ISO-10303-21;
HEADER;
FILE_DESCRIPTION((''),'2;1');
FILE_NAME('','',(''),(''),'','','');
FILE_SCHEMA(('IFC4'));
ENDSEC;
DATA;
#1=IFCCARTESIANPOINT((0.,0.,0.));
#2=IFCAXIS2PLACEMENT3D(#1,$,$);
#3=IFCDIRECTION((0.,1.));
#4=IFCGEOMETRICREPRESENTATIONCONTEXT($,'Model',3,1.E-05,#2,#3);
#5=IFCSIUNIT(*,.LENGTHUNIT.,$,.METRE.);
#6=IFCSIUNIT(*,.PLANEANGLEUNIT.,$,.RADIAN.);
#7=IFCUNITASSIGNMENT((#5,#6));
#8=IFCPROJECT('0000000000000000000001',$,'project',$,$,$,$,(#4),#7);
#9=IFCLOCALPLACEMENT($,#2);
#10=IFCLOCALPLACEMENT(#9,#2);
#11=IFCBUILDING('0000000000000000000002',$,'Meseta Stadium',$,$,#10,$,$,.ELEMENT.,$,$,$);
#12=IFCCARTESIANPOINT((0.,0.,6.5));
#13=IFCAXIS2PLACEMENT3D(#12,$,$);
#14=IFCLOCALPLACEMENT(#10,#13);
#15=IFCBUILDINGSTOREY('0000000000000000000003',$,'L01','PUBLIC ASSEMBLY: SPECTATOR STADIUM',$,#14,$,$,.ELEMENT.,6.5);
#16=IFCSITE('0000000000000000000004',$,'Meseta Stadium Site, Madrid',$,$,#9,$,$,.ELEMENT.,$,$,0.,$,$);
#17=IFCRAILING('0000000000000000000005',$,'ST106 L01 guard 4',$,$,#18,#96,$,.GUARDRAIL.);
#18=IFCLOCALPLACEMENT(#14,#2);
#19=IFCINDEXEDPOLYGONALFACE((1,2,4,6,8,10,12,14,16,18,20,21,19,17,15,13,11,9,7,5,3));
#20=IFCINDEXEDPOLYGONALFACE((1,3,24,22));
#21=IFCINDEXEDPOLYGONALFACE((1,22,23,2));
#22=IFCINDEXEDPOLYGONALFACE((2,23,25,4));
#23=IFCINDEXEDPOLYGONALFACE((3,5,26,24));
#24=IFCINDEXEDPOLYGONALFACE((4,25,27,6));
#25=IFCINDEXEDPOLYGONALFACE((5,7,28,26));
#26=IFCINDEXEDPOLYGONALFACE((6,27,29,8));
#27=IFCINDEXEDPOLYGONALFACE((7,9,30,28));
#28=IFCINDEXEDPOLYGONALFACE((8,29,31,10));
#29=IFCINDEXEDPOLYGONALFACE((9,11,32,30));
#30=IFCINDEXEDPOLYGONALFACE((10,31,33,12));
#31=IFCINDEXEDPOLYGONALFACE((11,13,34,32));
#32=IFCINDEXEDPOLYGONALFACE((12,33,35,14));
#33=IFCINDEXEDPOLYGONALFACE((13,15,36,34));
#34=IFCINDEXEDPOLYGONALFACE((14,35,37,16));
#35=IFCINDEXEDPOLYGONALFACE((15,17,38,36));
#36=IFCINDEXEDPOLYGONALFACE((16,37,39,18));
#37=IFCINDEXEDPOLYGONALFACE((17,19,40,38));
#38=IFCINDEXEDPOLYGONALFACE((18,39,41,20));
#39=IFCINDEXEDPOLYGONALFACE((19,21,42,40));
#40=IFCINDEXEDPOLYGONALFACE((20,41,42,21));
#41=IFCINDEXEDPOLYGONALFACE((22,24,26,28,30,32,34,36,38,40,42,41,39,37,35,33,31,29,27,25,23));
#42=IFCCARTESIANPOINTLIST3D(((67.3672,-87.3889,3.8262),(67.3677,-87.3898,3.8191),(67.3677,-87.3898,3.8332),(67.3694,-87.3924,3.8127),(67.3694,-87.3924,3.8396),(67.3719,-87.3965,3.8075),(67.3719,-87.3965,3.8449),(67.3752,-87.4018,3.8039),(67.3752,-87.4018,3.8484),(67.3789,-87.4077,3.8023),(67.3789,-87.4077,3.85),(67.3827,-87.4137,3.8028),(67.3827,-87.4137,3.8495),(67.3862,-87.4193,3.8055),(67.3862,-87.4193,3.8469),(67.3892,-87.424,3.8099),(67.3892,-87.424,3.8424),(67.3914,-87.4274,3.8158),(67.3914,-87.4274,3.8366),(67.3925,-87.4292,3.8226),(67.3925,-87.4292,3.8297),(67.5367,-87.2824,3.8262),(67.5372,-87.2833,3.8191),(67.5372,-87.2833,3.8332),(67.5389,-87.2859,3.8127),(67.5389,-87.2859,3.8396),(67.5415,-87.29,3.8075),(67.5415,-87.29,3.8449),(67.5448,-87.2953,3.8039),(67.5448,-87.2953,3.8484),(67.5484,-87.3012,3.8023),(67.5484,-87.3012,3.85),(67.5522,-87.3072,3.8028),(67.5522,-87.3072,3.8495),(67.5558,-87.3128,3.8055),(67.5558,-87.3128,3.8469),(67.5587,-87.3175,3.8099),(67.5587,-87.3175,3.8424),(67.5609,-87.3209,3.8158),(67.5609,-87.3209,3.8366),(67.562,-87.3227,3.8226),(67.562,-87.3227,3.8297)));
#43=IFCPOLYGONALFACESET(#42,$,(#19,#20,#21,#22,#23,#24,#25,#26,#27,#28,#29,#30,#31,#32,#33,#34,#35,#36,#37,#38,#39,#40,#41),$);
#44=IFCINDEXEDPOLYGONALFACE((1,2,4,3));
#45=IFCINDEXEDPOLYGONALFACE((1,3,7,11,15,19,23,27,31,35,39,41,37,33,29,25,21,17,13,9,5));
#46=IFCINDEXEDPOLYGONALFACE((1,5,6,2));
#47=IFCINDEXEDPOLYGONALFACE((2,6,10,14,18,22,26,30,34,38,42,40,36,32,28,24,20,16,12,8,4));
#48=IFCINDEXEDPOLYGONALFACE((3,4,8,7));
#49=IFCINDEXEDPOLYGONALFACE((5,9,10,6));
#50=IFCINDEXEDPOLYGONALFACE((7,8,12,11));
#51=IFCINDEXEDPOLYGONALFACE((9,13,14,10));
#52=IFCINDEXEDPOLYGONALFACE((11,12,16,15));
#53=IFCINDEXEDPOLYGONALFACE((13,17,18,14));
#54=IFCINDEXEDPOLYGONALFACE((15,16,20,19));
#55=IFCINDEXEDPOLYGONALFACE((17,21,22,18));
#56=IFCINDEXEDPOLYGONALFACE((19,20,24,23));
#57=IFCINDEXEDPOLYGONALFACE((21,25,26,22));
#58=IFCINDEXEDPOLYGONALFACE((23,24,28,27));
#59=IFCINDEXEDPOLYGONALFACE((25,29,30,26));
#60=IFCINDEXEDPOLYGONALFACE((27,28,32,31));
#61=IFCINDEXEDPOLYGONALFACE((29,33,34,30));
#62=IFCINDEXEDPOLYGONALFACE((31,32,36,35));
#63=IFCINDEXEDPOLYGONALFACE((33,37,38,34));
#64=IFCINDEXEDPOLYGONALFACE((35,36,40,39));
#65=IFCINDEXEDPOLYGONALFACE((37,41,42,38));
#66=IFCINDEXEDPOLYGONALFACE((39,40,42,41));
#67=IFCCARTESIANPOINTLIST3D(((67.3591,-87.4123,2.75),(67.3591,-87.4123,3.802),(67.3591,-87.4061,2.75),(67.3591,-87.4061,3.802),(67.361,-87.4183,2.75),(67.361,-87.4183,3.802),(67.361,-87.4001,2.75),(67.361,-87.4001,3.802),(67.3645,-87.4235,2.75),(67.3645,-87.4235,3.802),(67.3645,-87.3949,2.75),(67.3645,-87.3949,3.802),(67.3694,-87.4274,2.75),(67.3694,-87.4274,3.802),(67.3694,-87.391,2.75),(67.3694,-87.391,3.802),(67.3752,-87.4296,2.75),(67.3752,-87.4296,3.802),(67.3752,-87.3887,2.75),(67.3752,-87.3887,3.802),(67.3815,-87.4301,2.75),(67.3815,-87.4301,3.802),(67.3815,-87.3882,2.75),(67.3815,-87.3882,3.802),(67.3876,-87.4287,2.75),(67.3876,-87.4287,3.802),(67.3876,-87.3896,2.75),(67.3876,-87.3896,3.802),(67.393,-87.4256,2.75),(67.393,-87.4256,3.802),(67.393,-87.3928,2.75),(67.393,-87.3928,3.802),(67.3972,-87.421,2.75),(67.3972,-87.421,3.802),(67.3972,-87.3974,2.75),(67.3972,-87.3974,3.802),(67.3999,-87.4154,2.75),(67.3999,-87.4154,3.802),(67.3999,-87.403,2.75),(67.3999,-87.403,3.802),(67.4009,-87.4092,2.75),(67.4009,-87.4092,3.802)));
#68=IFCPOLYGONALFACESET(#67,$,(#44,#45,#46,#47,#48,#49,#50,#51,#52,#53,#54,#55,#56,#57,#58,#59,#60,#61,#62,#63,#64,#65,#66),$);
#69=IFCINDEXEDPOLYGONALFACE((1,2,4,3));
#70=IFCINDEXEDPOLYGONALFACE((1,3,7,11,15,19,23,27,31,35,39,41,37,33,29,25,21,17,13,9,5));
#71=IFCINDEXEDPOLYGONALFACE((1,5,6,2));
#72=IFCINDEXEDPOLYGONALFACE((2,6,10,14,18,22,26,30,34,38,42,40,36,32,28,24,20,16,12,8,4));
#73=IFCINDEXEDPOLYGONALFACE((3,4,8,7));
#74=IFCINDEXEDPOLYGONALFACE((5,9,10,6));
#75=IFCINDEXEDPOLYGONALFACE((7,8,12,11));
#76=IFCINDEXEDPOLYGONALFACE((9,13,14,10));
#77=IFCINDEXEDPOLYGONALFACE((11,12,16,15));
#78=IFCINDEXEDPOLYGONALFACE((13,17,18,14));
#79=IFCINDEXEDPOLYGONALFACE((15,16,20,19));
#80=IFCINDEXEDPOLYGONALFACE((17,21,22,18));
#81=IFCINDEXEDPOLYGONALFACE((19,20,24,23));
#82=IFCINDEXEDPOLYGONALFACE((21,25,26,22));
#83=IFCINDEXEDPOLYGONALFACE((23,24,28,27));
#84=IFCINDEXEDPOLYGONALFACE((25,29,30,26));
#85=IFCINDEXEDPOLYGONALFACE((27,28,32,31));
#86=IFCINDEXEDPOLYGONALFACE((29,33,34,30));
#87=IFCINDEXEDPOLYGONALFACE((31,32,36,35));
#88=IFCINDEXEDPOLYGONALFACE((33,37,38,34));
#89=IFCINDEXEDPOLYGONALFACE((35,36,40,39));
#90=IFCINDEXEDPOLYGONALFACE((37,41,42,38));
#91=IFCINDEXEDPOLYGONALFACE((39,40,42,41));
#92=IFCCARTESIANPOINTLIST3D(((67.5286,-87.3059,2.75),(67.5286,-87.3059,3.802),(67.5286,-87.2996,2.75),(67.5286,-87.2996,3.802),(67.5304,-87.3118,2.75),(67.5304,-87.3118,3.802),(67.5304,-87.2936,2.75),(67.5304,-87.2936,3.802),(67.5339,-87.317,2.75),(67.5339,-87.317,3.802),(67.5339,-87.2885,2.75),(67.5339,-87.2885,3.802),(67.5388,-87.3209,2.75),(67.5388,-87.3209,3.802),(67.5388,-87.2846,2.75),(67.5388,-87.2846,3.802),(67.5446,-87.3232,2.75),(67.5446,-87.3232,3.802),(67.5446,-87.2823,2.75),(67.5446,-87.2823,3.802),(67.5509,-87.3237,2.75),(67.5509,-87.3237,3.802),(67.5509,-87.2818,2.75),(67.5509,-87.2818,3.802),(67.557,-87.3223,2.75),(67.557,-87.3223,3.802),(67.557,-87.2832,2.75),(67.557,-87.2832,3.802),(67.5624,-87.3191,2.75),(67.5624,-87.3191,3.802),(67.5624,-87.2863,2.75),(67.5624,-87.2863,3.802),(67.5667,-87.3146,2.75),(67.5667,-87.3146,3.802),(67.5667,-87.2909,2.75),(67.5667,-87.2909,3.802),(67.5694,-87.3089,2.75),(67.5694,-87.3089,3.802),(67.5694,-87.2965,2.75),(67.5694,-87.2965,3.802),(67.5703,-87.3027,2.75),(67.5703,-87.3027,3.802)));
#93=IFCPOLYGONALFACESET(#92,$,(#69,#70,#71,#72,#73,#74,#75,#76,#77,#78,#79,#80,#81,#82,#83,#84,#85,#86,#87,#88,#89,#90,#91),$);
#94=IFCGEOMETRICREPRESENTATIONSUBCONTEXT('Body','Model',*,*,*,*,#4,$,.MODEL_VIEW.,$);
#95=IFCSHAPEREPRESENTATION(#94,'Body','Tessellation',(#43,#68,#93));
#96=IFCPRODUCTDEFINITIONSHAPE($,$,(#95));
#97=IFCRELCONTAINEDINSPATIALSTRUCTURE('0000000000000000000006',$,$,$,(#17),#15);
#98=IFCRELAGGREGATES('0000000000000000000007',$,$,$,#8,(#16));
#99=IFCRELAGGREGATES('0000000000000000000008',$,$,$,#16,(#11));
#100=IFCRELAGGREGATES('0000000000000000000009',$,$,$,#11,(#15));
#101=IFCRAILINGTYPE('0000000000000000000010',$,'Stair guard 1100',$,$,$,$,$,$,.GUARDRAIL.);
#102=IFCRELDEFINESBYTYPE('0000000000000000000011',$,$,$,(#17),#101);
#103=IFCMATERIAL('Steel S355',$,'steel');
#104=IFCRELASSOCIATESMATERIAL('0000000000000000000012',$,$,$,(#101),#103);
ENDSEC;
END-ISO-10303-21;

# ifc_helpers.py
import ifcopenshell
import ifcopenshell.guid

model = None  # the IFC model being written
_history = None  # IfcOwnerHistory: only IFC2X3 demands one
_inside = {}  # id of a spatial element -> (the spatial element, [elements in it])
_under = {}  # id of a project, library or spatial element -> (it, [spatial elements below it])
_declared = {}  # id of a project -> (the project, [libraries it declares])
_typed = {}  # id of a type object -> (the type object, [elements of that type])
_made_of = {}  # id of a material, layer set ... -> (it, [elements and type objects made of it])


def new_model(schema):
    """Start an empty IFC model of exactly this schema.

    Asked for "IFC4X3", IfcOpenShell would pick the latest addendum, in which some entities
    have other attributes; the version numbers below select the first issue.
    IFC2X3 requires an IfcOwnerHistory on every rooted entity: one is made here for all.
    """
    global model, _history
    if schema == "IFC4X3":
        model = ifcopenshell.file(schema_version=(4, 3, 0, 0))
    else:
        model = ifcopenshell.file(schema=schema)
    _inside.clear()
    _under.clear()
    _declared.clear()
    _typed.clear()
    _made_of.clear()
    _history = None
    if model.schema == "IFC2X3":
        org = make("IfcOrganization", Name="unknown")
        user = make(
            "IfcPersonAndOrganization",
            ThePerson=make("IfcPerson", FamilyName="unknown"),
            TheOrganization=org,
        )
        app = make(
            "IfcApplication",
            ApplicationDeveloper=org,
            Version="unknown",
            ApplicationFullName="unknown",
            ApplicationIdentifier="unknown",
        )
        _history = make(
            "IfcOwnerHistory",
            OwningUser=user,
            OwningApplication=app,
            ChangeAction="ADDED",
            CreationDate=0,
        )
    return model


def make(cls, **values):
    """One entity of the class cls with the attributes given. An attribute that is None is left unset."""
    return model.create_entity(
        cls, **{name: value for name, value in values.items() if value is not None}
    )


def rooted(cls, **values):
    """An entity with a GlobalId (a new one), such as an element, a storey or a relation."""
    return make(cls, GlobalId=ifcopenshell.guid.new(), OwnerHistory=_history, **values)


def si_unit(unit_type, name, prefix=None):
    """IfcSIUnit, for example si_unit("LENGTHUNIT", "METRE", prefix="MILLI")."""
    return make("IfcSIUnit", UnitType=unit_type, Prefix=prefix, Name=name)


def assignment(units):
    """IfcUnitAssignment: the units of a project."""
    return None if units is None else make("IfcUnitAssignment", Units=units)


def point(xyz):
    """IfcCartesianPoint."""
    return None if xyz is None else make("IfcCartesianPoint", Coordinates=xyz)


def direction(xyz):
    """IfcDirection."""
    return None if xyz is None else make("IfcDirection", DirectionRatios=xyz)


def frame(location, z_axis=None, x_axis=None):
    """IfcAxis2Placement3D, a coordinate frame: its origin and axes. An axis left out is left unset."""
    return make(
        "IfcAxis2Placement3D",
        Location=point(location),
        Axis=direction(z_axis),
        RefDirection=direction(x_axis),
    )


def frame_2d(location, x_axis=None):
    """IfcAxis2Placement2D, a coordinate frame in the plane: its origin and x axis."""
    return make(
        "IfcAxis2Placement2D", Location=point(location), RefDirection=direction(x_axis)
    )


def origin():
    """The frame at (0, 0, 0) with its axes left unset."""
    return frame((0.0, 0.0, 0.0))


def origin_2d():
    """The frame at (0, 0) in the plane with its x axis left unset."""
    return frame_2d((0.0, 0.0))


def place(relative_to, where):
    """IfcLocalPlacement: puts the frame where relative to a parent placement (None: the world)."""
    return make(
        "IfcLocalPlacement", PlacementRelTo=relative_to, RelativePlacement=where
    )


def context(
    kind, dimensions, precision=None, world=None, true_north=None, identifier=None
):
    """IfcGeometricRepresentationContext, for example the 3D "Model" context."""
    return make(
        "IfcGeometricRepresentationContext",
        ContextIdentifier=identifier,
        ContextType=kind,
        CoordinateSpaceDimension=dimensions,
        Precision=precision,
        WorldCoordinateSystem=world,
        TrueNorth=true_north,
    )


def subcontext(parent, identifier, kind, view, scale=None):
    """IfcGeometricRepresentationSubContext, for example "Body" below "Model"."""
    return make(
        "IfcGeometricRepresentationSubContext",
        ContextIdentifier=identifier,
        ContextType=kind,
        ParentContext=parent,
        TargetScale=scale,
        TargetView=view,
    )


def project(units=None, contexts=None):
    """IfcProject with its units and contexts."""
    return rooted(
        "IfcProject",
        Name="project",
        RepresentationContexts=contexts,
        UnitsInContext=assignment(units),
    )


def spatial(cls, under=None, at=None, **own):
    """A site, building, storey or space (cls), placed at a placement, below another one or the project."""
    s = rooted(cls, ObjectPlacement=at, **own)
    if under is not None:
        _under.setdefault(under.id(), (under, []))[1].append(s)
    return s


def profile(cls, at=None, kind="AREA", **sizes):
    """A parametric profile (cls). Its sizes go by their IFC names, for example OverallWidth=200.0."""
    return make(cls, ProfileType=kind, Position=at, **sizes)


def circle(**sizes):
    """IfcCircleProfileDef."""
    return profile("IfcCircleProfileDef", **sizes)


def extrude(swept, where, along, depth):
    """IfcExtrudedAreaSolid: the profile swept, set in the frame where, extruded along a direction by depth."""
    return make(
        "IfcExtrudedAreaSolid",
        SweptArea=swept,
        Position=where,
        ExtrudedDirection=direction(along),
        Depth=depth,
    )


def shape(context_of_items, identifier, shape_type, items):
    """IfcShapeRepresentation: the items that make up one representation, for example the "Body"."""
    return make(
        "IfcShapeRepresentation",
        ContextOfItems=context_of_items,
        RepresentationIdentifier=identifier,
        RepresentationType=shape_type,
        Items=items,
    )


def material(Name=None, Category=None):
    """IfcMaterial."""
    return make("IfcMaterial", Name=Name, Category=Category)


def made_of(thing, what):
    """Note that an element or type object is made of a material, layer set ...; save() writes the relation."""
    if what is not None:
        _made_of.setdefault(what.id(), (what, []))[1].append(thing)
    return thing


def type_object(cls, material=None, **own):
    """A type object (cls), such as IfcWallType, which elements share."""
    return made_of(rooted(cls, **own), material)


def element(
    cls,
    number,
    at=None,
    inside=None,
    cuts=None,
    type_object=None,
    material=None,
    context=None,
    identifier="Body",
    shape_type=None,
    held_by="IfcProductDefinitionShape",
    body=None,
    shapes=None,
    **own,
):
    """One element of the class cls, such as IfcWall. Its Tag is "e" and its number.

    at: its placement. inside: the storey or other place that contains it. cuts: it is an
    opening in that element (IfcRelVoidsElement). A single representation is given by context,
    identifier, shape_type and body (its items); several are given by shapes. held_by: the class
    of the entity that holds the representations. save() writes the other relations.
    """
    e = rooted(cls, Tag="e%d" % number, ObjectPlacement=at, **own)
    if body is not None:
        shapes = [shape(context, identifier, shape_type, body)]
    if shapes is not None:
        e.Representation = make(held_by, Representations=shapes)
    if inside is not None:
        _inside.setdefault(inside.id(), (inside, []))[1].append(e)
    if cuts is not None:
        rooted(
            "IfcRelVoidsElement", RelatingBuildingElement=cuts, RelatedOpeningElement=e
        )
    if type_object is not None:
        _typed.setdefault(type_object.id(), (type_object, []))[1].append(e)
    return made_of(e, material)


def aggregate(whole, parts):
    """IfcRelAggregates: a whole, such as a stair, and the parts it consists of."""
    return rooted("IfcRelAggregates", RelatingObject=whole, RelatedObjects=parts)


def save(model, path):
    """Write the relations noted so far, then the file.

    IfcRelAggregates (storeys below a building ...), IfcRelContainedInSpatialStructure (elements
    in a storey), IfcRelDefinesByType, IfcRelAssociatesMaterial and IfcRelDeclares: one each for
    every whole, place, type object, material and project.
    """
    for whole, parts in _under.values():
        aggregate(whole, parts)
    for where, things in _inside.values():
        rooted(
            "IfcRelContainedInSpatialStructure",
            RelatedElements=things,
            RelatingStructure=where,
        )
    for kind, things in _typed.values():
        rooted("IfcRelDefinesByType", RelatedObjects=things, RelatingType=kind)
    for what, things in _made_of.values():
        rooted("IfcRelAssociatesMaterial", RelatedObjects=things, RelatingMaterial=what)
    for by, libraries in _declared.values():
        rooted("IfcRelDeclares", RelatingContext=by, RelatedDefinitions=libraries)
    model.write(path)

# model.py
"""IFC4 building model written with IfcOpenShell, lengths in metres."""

from ifc_helpers import new_model, si_unit, direction, frame, origin, origin_2d, place, context, subcontext, project, spatial, circle, extrude, material, type_object, element, save


model = new_model("IFC4")

# Units and contexts
model_context = context("Model", 3, precision=1e-05, world=origin(), true_north=direction((0.0, 1.0)))
body_context = subcontext(model_context, "Body", "Model", "MODEL_VIEW")
ifc_project = project(units=[si_unit("LENGTHUNIT", "METRE"), si_unit("PLANEANGLEUNIT", "RADIAN")], contexts=[model_context])

# Site, building, storey
site_placement = place(None, origin())
site = spatial("IfcSite", under=ifc_project, at=site_placement, Name="Meseta Stadium Site, Madrid", CompositionType="ELEMENT", RefElevation=0.0)
building_placement = place(site_placement, origin())
building = spatial("IfcBuilding", under=site, at=building_placement, Name="Meseta Stadium", CompositionType="ELEMENT")
storey_placement = place(building_placement, frame((0.0, 0.0, 6.5)))
storey = spatial("IfcBuildingStorey", under=building, at=storey_placement, Name="L01", Description="PUBLIC ASSEMBLY: SPECTATOR STADIUM", CompositionType="ELEMENT", Elevation=6.5)

# Railing
ifc_material_1 = material(Name="Steel S355", Category="steel")
railing_type_1 = type_object("IfcRailingType", Name="Stair guard 1100", PredefinedType="GUARDRAIL", material=ifc_material_1)
railing_1_placement = place(storey_placement, frame((67.3799, -87.4092, 2.75)))
element("IfcRailing", 1, at=railing_1_placement, inside=storey, type_object=railing_type_1, Name="ST106 L01 guard 4", PredefinedType="GUARDRAIL", context=body_context, shape_type="SweptSolid", body=[
    extrude(circle(Radius=0.0239, at=origin_2d()), frame((0.0, 0.0, 1.0762), z_axis=(0.846762, 0.531972, 0.0), x_axis=(-0.531972, 0.846762, 0.0)), (0.0, 0.0, 1.0), 0.2002),
    extrude(circle(Radius=0.021, at=origin_2d()), origin(), (0.0, 0.0, 1.0), 1.052),
    extrude(circle(Radius=0.021, at=origin_2d()), frame((0.1694, 0.1064, 0.0)), (0.0, 0.0, 1.0), 1.052),
])

save(model, "model.ifc")
